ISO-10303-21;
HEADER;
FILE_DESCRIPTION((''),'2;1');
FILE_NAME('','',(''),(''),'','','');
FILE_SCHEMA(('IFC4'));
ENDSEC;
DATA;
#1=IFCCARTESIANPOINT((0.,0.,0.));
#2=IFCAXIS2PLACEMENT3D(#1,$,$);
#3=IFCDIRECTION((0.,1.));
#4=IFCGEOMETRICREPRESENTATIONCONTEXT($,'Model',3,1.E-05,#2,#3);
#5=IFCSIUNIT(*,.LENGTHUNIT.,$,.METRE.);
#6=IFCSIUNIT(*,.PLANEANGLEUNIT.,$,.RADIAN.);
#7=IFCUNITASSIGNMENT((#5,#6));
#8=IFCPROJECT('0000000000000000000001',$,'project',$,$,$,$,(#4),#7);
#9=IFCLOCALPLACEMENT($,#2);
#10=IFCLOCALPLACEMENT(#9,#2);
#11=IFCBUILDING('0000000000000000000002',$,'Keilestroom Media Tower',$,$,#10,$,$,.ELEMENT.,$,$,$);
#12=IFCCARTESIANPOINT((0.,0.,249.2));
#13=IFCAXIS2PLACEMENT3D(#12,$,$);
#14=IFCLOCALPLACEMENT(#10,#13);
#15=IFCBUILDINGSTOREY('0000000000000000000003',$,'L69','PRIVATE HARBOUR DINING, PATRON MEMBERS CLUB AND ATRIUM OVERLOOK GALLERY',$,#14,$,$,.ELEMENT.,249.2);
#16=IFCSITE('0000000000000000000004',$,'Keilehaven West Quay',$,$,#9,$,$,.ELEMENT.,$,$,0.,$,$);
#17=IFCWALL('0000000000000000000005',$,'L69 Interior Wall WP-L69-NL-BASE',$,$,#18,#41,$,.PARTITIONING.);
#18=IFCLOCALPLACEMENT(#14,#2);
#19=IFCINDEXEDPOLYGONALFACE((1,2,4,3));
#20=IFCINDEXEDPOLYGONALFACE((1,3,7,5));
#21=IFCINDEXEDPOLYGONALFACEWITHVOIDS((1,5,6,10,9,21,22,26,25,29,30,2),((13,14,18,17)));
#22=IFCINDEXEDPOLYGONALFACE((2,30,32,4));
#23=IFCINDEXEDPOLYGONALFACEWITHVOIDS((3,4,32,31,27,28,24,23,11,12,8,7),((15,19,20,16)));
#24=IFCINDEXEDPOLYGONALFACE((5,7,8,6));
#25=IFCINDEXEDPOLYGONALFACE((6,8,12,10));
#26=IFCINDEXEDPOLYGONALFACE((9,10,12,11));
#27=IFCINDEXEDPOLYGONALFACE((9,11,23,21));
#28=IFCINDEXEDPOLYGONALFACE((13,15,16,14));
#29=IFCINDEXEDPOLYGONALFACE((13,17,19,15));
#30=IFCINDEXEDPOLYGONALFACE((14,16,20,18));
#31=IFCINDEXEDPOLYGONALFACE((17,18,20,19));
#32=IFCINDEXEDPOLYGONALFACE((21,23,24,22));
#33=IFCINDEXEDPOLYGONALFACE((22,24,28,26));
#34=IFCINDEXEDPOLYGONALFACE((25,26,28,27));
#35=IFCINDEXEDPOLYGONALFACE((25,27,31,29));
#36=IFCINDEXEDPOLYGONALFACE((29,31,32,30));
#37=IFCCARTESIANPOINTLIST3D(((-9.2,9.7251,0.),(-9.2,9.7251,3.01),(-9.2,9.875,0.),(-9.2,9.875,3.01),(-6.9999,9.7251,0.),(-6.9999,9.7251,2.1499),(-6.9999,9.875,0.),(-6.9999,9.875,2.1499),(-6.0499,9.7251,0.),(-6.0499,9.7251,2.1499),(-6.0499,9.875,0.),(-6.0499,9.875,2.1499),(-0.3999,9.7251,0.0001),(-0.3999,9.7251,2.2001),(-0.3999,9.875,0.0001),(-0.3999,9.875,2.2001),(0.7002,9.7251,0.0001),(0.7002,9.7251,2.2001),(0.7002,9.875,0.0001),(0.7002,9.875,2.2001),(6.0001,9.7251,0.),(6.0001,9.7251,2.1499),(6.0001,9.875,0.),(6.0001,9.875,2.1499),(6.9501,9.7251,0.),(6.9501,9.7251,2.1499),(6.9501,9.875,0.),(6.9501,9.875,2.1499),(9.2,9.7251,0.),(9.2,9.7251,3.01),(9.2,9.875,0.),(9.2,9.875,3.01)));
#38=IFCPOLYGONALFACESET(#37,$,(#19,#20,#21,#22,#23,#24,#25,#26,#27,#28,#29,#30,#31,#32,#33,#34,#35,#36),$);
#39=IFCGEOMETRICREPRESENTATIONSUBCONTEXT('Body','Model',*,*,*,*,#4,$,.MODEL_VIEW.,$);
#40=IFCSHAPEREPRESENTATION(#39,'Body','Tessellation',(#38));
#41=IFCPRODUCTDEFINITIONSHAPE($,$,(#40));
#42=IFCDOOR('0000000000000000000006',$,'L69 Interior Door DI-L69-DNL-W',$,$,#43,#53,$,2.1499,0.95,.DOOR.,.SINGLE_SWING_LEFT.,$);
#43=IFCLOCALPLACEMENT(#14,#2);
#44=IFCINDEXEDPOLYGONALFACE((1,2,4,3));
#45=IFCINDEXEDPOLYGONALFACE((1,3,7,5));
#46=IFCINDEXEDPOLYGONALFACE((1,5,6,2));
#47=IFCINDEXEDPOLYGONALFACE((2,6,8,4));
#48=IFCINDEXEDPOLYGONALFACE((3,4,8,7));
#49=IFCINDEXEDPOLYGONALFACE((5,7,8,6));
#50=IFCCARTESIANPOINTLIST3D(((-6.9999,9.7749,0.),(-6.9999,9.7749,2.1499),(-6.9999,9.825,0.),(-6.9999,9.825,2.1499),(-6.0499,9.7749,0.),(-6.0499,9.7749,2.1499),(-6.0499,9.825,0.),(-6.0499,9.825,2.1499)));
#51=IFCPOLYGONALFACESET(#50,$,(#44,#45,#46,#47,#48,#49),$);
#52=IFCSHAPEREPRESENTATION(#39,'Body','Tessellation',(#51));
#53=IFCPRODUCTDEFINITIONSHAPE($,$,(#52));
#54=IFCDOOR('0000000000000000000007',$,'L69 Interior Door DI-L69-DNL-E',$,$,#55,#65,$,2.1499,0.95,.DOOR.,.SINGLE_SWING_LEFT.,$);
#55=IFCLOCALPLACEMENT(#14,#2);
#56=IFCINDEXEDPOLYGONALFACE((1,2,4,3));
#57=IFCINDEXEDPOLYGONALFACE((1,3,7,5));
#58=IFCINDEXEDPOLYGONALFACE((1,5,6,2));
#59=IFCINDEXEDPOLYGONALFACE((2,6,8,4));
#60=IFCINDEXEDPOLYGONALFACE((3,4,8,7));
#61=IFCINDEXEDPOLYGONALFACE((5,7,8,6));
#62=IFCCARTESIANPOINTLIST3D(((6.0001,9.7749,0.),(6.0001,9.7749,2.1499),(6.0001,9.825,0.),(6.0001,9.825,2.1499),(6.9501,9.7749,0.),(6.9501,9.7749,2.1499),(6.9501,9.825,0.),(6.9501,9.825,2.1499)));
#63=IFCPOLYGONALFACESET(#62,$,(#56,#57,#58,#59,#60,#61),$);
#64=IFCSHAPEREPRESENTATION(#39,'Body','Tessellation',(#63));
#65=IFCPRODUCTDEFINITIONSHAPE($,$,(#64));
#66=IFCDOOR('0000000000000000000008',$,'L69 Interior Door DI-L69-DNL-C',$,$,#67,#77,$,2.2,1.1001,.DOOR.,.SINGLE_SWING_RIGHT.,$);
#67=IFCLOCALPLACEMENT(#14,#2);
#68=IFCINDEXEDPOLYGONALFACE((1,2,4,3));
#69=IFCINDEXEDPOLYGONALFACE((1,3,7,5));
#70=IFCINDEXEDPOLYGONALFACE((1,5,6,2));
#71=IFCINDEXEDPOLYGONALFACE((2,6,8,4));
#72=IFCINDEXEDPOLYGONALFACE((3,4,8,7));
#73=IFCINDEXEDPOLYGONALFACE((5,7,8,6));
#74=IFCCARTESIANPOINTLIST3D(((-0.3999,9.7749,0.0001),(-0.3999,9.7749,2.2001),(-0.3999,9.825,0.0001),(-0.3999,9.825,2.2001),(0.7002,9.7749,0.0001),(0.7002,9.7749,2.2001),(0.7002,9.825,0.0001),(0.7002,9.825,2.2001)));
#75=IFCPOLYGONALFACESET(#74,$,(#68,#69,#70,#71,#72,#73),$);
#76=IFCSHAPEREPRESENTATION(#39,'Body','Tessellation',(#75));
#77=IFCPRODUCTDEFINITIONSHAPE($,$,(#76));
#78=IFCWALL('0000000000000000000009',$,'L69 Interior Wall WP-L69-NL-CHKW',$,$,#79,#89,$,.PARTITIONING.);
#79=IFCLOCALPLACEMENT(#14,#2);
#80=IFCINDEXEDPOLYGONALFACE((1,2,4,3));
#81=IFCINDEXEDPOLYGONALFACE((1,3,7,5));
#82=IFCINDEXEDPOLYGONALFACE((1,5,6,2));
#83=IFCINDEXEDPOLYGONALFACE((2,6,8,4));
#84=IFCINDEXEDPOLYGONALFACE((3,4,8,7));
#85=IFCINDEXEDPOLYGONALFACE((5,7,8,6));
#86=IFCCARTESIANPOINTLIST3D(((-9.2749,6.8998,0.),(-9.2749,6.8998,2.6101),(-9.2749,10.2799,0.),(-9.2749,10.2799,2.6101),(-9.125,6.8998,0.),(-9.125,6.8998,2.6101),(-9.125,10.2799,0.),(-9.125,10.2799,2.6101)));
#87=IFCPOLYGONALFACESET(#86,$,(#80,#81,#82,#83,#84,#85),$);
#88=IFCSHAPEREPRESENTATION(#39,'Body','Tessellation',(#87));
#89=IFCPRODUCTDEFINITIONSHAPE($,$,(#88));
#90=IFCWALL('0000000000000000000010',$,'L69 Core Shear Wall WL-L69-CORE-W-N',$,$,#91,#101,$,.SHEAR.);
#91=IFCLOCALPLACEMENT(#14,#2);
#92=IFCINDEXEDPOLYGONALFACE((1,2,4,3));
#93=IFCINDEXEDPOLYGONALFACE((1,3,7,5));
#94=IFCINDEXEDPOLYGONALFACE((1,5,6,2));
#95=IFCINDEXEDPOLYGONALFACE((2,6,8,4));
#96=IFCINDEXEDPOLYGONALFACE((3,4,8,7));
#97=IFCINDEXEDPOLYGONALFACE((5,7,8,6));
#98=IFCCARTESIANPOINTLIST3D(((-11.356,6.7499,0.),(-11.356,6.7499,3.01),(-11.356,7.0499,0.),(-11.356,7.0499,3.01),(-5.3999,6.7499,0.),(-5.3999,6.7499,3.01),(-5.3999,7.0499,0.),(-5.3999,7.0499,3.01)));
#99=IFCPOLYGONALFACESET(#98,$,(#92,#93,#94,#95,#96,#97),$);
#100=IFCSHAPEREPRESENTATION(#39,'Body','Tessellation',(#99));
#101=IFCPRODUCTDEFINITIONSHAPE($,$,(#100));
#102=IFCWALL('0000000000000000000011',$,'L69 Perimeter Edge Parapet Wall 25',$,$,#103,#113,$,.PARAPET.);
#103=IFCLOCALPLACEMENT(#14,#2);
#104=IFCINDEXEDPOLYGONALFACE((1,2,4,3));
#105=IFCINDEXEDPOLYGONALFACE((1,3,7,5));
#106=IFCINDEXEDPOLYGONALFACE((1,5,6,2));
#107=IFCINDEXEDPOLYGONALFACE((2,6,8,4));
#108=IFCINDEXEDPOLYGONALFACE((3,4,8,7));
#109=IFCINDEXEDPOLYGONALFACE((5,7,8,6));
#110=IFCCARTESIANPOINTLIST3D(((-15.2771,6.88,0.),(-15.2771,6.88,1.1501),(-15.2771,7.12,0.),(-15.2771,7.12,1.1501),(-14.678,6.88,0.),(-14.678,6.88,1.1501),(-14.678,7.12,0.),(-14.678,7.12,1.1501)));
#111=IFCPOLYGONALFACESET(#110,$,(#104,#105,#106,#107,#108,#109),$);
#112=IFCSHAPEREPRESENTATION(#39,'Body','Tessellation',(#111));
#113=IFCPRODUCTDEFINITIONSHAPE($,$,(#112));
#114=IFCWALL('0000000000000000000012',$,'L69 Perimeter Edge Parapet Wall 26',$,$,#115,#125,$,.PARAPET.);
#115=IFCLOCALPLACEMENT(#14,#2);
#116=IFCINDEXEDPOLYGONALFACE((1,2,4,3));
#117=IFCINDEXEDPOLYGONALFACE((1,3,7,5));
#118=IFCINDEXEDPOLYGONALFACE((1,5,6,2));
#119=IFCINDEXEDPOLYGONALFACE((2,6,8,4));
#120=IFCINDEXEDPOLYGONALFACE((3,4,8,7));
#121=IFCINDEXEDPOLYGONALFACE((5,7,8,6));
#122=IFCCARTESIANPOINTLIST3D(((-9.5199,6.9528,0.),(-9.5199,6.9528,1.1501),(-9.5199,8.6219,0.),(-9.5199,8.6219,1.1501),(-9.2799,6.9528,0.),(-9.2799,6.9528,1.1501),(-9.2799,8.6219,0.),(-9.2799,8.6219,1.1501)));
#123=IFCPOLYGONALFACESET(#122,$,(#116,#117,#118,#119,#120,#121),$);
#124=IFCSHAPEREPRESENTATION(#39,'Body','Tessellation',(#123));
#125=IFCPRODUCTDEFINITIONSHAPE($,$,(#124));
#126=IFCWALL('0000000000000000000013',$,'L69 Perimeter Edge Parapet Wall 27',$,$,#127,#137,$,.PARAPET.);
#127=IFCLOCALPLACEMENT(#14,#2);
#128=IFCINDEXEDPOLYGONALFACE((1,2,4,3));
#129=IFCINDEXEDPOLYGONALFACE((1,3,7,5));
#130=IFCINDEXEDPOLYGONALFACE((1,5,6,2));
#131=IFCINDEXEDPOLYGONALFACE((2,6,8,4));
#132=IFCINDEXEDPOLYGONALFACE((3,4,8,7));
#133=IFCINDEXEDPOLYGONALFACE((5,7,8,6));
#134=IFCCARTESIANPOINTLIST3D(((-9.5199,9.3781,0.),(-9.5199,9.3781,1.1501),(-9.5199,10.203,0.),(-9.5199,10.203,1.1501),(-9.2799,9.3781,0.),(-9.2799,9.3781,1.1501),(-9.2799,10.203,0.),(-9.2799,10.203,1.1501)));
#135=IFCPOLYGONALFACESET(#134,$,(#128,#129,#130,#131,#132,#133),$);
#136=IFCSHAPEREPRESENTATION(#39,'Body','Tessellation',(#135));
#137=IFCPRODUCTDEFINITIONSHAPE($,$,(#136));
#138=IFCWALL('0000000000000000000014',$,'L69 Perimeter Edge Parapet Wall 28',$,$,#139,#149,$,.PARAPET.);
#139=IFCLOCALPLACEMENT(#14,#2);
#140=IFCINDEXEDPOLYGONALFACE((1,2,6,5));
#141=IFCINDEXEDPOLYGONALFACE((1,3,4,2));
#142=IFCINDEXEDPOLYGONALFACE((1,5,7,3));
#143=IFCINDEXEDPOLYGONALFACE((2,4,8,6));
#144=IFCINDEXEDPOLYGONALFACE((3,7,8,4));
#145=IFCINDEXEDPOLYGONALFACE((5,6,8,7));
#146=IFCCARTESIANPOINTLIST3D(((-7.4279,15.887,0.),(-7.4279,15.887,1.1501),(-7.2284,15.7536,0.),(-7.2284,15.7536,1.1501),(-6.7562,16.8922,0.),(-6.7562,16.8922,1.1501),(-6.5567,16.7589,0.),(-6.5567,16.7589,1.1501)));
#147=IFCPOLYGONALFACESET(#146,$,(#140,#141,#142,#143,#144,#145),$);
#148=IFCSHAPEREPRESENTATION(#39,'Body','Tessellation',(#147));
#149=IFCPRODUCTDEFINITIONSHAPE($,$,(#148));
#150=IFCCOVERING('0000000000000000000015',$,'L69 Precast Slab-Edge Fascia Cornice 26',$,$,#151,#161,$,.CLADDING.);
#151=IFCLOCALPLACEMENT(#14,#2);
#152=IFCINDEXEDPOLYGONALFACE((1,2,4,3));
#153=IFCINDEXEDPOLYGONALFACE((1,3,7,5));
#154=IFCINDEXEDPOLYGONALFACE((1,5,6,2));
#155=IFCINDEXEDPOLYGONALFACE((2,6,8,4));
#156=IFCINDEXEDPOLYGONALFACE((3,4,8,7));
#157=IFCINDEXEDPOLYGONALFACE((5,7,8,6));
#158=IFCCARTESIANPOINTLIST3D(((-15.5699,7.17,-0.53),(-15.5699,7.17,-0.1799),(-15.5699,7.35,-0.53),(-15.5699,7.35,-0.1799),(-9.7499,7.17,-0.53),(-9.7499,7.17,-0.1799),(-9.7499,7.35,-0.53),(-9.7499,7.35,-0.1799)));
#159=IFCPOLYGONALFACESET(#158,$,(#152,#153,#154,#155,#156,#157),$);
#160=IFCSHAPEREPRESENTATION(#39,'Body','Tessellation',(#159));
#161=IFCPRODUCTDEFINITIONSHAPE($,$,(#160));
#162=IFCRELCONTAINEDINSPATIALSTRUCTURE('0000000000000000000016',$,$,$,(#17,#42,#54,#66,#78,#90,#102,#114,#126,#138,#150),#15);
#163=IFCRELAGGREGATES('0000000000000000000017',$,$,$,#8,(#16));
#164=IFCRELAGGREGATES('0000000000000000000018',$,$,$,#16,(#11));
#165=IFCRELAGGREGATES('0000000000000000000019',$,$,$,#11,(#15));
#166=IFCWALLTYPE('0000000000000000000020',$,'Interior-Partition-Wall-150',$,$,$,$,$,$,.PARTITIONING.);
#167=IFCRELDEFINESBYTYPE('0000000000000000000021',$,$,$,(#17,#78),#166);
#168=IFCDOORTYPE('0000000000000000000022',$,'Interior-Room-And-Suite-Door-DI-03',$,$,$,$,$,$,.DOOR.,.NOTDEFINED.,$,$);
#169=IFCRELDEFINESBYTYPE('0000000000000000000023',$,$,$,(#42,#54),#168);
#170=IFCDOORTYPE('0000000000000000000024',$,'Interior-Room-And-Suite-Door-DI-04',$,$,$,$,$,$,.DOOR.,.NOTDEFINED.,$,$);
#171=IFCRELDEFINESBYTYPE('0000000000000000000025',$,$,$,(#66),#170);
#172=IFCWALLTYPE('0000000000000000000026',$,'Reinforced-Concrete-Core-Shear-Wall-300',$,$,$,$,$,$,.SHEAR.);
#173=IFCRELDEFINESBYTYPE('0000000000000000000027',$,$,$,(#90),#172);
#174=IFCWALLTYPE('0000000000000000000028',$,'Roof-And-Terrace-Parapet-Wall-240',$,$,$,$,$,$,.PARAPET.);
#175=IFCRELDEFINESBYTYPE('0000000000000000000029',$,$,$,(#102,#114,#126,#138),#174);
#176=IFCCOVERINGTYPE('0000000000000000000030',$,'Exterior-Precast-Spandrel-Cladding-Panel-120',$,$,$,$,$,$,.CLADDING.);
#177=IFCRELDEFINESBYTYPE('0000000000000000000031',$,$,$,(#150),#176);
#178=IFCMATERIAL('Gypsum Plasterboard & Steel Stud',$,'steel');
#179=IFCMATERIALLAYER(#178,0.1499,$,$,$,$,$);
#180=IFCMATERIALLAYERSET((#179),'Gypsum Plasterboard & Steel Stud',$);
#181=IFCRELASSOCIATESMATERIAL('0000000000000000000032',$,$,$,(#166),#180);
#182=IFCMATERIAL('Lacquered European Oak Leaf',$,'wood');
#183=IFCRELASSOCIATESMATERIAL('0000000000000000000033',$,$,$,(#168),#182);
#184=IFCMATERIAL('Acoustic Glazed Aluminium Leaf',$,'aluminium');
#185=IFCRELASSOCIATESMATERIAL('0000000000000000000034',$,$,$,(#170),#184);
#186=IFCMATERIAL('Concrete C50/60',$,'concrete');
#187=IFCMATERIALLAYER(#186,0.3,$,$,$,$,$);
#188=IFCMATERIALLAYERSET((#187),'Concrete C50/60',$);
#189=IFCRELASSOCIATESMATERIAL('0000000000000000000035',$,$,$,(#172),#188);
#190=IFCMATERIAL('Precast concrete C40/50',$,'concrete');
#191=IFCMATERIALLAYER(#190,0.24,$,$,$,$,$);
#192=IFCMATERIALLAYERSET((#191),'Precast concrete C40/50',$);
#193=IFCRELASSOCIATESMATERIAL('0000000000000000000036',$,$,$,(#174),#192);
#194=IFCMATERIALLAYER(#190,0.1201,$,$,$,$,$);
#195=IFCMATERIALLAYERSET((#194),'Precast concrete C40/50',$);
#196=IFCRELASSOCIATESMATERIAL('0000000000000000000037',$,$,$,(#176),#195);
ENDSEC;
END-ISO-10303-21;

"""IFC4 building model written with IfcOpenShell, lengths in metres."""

from ifc_helpers import new_model, si_unit, direction, frame, frame_2d, origin, origin_2d, place, context, subcontext, project, spatial, rectangle, extrude, source, transform, mapped, material, layer, layer_set, type_object, element, fill, save


model = new_model("IFC4")

# Units and contexts
model_context = context("Model", 3, precision=1e-05, world=origin(), true_north=direction((0.0, 1.0)))
body_context = subcontext(model_context, "Body", "Model", "MODEL_VIEW")
ifc_project = project(units=[si_unit("LENGTHUNIT", "METRE"), si_unit("PLANEANGLEUNIT", "RADIAN")], contexts=[model_context])

# Site, building, storey
site_placement = place(None, origin())
site = spatial("IfcSite", under=ifc_project, at=site_placement, Name="Keilehaven West Quay", CompositionType="ELEMENT", RefElevation=0.0)
building_placement = place(site_placement, origin())
building = spatial("IfcBuilding", under=site, at=building_placement, Name="Keilestroom Media Tower", CompositionType="ELEMENT")
storey_placement = place(building_placement, frame((0.0, 0.0, 249.2)))
storey = spatial("IfcBuildingStorey", under=building, at=storey_placement, Name="L69", Description="PRIVATE HARBOUR DINING, PATRON MEMBERS CLUB AND ATRIUM OVERLOOK GALLERY", CompositionType="ELEMENT", Elevation=249.2)

# Shared definitions
ifc_material_1 = material(Name="Precast concrete C40/50", Category="concrete")
ifc_material_2 = material(Name="Concrete C50/60", Category="concrete")

# Wall, openings, doors
ifc_material_3 = material(Name="Gypsum Plasterboard & Steel Stud", Category="steel")
ifc_layer_1 = layer(ifc_material_3, 0.1499)
ifc_layer_set_1 = layer_set([ifc_layer_1], Name="Gypsum Plasterboard & Steel Stud")
wall_type_1 = type_object("IfcWallType", Name="Interior-Partition-Wall-150", PredefinedType="PARTITIONING", material=ifc_layer_set_1)
wall_1_placement = place(storey_placement, frame((-9.2, 9.8, 0.0), z_axis=(0.0, 0.0, 1.0), x_axis=(1.0, 0.0, 0.0)))
wall_1 = element("IfcWall", 1, at=wall_1_placement, inside=storey, type_object=wall_type_1, Name="L69 Interior Wall WP-L69-NL-BASE", PredefinedType="PARTITIONING", context=body_context, shape_type="SweptSolid", body=[
    extrude(rectangle(XDim=18.3999, YDim=0.1499, at=frame_2d((9.2, 0.0))), origin(), (0.0, 0.0, 1.0), 3.01),
])
opening_1_placement = place(wall_1_placement, frame((2.2, 0.0, 0.0)))
opening_1 = element("IfcOpeningElement", 2, at=opening_1_placement, cuts=wall_1, PredefinedType="OPENING", context=body_context, shape_type="SweptSolid", body=[
    extrude(rectangle(XDim=0.95, YDim=2.1499, at=frame_2d((0.4751, 1.075))), frame((0.0, 0.085, 0.0), z_axis=(0.0, -1.0, 0.0), x_axis=(1.0, 0.0, 0.0)), (0.0, 0.0, 1.0), 0.1699),
])
opening_2_placement = place(wall_1_placement, frame((8.8, 0.0, 0.0)))
opening_2 = element("IfcOpeningElement", 3, at=opening_2_placement, cuts=wall_1, PredefinedType="OPENING", context=body_context, shape_type="SweptSolid", body=[
    extrude(rectangle(XDim=1.1001, YDim=2.2, at=frame_2d((0.55, 1.1001))), frame((0.0, 0.085, 0.0), z_axis=(0.0, -1.0, 0.0), x_axis=(1.0, 0.0, 0.0)), (0.0, 0.0, 1.0), 0.1699),
])
opening_3_placement = place(wall_1_placement, frame((15.2, 0.0, 0.0)))
opening_3 = element("IfcOpeningElement", 4, at=opening_3_placement, cuts=wall_1, PredefinedType="OPENING", context=body_context, shape_type="SweptSolid", body=[
    extrude(rectangle(XDim=0.95, YDim=2.1499, at=frame_2d((0.4751, 1.075))), frame((0.0, 0.085, 0.0), z_axis=(0.0, -1.0, 0.0), x_axis=(1.0, 0.0, 0.0)), (0.0, 0.0, 1.0), 0.1699),
])
ifc_material_4 = material(Name="Lacquered European Oak Leaf", Category="wood")
door_type_1 = type_object("IfcDoorType", Name="Interior-Room-And-Suite-Door-DI-03", OperationType="NOTDEFINED", PredefinedType="DOOR", material=ifc_material_4)
shared_shape_1 = source(origin(), body_context, "Body", "SweptSolid", [
    extrude(rectangle(XDim=0.95, YDim=2.1499, at=frame_2d((0.4751, 1.075))), frame((0.0, 0.0249, 0.0), z_axis=(0.0, -1.0, 0.0), x_axis=(1.0, 0.0, 0.0)), (0.0, 0.0, 1.0), 0.05),
])
door_1_placement = place(opening_1_placement, origin())
door_1 = element("IfcDoor", 5, at=door_1_placement, inside=storey, type_object=door_type_1, Name="L69 Interior Door DI-L69-DNL-W", OperationType="SINGLE_SWING_LEFT", OverallHeight=2.1499, OverallWidth=0.95, PredefinedType="DOOR", context=body_context, shape_type="MappedRepresentation", body=[
    mapped(shared_shape_1, transform((0.0, 0.0, 0.0), x_axis=(1.0, 0.0, 0.0), y_axis=(0.0, 1.0, 0.0), z_axis=(0.0, 0.0, 1.0), scale=1.0)),
])
fill(opening_1, door_1)
door_2_placement = place(opening_3_placement, origin())
door_2 = element("IfcDoor", 6, at=door_2_placement, inside=storey, type_object=door_type_1, Name="L69 Interior Door DI-L69-DNL-E", OperationType="SINGLE_SWING_LEFT", OverallHeight=2.1499, OverallWidth=0.95, PredefinedType="DOOR", context=body_context, shape_type="MappedRepresentation", body=[
    mapped(shared_shape_1, transform((0.0, 0.0, 0.0), x_axis=(1.0, 0.0, 0.0), y_axis=(0.0, 1.0, 0.0), z_axis=(0.0, 0.0, 1.0), scale=1.0)),
])
fill(opening_3, door_2)
ifc_material_5 = material(Name="Acoustic Glazed Aluminium Leaf", Category="aluminium")
door_type_2 = type_object("IfcDoorType", Name="Interior-Room-And-Suite-Door-DI-04", OperationType="NOTDEFINED", PredefinedType="DOOR", material=ifc_material_5)
shared_shape_2 = source(origin(), body_context, "Body", "SweptSolid", [
    extrude(rectangle(XDim=1.1001, YDim=2.2, at=frame_2d((0.55, 1.1001))), frame((0.0, 0.0249, 0.0), z_axis=(0.0, -1.0, 0.0), x_axis=(1.0, 0.0, 0.0)), (0.0, 0.0, 1.0), 0.05),
])
door_3_placement = place(opening_2_placement, origin())
door_3 = element("IfcDoor", 7, at=door_3_placement, inside=storey, type_object=door_type_2, Name="L69 Interior Door DI-L69-DNL-C", OperationType="SINGLE_SWING_RIGHT", OverallHeight=2.2, OverallWidth=1.1001, PredefinedType="DOOR", context=body_context, shape_type="MappedRepresentation", body=[
    mapped(shared_shape_2, transform((0.0, 0.0, 0.0), x_axis=(1.0, 0.0, 0.0), y_axis=(0.0, 1.0, 0.0), z_axis=(0.0, 0.0, 1.0), scale=1.0)),
])
fill(opening_2, door_3)

# Walls
wall_2_placement = place(storey_placement, frame((-9.2, 6.8999, 0.0), z_axis=(0.0, 0.0, 1.0), x_axis=(0.0, 1.0, 0.0)))
element("IfcWall", 8, at=wall_2_placement, inside=storey, type_object=wall_type_1, Name="L69 Interior Wall WP-L69-NL-CHKW", PredefinedType="PARTITIONING", context=body_context, shape_type="SweptSolid", body=[
    extrude(rectangle(XDim=3.3801, YDim=0.1499, at=frame_2d((1.6899, 0.0))), origin(), (0.0, 0.0, 1.0), 2.6101),
])
ifc_layer_2 = layer(ifc_material_2, 0.3)
ifc_layer_set_2 = layer_set([ifc_layer_2], Name="Concrete C50/60")
wall_type_2 = type_object("IfcWallType", Name="Reinforced-Concrete-Core-Shear-Wall-300", PredefinedType="SHEAR", material=ifc_layer_set_2)
wall_3_placement = place(storey_placement, frame((-11.356, 6.8999, 0.0), z_axis=(0.0, 0.0, 1.0), x_axis=(1.0, 0.0, 0.0)))
element("IfcWall", 9, at=wall_3_placement, inside=storey, type_object=wall_type_2, Name="L69 Core Shear Wall WL-L69-CORE-W-N", PredefinedType="SHEAR", context=body_context, shape_type="SweptSolid", body=[
    extrude(rectangle(XDim=5.9561, YDim=0.3, at=frame_2d((2.978, 0.0))), origin(), (0.0, 0.0, 1.0), 3.01),
])
ifc_layer_3 = layer(ifc_material_1, 0.24)
ifc_layer_set_3 = layer_set([ifc_layer_3], Name="Precast concrete C40/50")
wall_type_3 = type_object("IfcWallType", Name="Roof-And-Terrace-Parapet-Wall-240", PredefinedType="PARAPET", material=ifc_layer_set_3)
wall_4_placement = place(storey_placement, frame((-15.2771, 7.0, 0.0), z_axis=(0.0, 0.0, 1.0), x_axis=(1.0, 0.0, 0.0)))
element("IfcWall", 10, at=wall_4_placement, inside=storey, type_object=wall_type_3, Name="L69 Perimeter Edge Parapet Wall 25", PredefinedType="PARAPET", context=body_context, shape_type="SweptSolid", body=[
    extrude(rectangle(XDim=0.5991, YDim=0.24, at=frame_2d((0.2996, 0.0))), origin(), (0.0, 0.0, 1.0), 1.1501),
])
wall_5_placement = place(storey_placement, frame((-9.3999, 6.9529, 0.0), z_axis=(0.0, 0.0, 1.0), x_axis=(0.0, 1.0, 0.0)))
element("IfcWall", 11, at=wall_5_placement, inside=storey, type_object=wall_type_3, Name="L69 Perimeter Edge Parapet Wall 26", PredefinedType="PARAPET", context=body_context, shape_type="SweptSolid", body=[
    extrude(rectangle(XDim=1.6692, YDim=0.24, at=frame_2d((0.8345, 0.0))), origin(), (0.0, 0.0, 1.0), 1.1501),
])
wall_6_placement = place(storey_placement, frame((-9.3999, 9.3779, 0.0), z_axis=(0.0, 0.0, 1.0), x_axis=(0.0, 1.0, 0.0)))
element("IfcWall", 12, at=wall_6_placement, inside=storey, type_object=wall_type_3, Name="L69 Perimeter Edge Parapet Wall 27", PredefinedType="PARAPET", context=body_context, shape_type="SweptSolid", body=[
    extrude(rectangle(XDim=0.825, YDim=0.24, at=frame_2d((0.4126, 0.0))), origin(), (0.0, 0.0, 1.0), 1.1501),
])
wall_7_placement = place(storey_placement, frame((-7.3281, 15.8203, 0.0), z_axis=(0.0, 0.0, 1.0), x_axis=(0.555585, 0.831459, 0.0)))
element("IfcWall", 13, at=wall_7_placement, inside=storey, type_object=wall_type_3, Name="L69 Perimeter Edge Parapet Wall 28", PredefinedType="PARAPET", context=body_context, shape_type="SweptSolid", body=[
    extrude(rectangle(XDim=1.209, YDim=0.24, at=frame_2d((0.6045, 0.0))), origin(), (0.0, 0.0, 1.0), 1.1501),
])

# Covering
ifc_layer_4 = layer(ifc_material_1, 0.1201)
ifc_layer_set_4 = layer_set([ifc_layer_4], Name="Precast concrete C40/50")
covering_type = type_object("IfcCoveringType", Name="Exterior-Precast-Spandrel-Cladding-Panel-120", PredefinedType="CLADDING", material=ifc_layer_set_4)
shared_shape_3 = source(origin(), body_context, "Body", "SweptSolid", [
    extrude(rectangle(XDim=5.8201, YDim=0.1799, at=origin_2d()), origin(), (0.0, 0.0, 1.0), 0.3501),
])
covering_1_placement = place(storey_placement, frame((-12.6599, 7.26, -0.53), z_axis=(0.0, 0.0, 1.0), x_axis=(1.0, 0.0, 0.0)))
element("IfcCovering", 14, at=covering_1_placement, inside=storey, type_object=covering_type, Name="L69 Precast Slab-Edge Fascia Cornice 26", PredefinedType="CLADDING", context=body_context, shape_type="MappedRepresentation", body=[
    mapped(shared_shape_3, transform((0.0, 0.0, 0.0), x_axis=(1.0, 0.0, 0.0), y_axis=(0.0, 1.0, 0.0), z_axis=(0.0, 0.0, 1.0), scale=1.0)),
])

save(model, "model.ifc")
